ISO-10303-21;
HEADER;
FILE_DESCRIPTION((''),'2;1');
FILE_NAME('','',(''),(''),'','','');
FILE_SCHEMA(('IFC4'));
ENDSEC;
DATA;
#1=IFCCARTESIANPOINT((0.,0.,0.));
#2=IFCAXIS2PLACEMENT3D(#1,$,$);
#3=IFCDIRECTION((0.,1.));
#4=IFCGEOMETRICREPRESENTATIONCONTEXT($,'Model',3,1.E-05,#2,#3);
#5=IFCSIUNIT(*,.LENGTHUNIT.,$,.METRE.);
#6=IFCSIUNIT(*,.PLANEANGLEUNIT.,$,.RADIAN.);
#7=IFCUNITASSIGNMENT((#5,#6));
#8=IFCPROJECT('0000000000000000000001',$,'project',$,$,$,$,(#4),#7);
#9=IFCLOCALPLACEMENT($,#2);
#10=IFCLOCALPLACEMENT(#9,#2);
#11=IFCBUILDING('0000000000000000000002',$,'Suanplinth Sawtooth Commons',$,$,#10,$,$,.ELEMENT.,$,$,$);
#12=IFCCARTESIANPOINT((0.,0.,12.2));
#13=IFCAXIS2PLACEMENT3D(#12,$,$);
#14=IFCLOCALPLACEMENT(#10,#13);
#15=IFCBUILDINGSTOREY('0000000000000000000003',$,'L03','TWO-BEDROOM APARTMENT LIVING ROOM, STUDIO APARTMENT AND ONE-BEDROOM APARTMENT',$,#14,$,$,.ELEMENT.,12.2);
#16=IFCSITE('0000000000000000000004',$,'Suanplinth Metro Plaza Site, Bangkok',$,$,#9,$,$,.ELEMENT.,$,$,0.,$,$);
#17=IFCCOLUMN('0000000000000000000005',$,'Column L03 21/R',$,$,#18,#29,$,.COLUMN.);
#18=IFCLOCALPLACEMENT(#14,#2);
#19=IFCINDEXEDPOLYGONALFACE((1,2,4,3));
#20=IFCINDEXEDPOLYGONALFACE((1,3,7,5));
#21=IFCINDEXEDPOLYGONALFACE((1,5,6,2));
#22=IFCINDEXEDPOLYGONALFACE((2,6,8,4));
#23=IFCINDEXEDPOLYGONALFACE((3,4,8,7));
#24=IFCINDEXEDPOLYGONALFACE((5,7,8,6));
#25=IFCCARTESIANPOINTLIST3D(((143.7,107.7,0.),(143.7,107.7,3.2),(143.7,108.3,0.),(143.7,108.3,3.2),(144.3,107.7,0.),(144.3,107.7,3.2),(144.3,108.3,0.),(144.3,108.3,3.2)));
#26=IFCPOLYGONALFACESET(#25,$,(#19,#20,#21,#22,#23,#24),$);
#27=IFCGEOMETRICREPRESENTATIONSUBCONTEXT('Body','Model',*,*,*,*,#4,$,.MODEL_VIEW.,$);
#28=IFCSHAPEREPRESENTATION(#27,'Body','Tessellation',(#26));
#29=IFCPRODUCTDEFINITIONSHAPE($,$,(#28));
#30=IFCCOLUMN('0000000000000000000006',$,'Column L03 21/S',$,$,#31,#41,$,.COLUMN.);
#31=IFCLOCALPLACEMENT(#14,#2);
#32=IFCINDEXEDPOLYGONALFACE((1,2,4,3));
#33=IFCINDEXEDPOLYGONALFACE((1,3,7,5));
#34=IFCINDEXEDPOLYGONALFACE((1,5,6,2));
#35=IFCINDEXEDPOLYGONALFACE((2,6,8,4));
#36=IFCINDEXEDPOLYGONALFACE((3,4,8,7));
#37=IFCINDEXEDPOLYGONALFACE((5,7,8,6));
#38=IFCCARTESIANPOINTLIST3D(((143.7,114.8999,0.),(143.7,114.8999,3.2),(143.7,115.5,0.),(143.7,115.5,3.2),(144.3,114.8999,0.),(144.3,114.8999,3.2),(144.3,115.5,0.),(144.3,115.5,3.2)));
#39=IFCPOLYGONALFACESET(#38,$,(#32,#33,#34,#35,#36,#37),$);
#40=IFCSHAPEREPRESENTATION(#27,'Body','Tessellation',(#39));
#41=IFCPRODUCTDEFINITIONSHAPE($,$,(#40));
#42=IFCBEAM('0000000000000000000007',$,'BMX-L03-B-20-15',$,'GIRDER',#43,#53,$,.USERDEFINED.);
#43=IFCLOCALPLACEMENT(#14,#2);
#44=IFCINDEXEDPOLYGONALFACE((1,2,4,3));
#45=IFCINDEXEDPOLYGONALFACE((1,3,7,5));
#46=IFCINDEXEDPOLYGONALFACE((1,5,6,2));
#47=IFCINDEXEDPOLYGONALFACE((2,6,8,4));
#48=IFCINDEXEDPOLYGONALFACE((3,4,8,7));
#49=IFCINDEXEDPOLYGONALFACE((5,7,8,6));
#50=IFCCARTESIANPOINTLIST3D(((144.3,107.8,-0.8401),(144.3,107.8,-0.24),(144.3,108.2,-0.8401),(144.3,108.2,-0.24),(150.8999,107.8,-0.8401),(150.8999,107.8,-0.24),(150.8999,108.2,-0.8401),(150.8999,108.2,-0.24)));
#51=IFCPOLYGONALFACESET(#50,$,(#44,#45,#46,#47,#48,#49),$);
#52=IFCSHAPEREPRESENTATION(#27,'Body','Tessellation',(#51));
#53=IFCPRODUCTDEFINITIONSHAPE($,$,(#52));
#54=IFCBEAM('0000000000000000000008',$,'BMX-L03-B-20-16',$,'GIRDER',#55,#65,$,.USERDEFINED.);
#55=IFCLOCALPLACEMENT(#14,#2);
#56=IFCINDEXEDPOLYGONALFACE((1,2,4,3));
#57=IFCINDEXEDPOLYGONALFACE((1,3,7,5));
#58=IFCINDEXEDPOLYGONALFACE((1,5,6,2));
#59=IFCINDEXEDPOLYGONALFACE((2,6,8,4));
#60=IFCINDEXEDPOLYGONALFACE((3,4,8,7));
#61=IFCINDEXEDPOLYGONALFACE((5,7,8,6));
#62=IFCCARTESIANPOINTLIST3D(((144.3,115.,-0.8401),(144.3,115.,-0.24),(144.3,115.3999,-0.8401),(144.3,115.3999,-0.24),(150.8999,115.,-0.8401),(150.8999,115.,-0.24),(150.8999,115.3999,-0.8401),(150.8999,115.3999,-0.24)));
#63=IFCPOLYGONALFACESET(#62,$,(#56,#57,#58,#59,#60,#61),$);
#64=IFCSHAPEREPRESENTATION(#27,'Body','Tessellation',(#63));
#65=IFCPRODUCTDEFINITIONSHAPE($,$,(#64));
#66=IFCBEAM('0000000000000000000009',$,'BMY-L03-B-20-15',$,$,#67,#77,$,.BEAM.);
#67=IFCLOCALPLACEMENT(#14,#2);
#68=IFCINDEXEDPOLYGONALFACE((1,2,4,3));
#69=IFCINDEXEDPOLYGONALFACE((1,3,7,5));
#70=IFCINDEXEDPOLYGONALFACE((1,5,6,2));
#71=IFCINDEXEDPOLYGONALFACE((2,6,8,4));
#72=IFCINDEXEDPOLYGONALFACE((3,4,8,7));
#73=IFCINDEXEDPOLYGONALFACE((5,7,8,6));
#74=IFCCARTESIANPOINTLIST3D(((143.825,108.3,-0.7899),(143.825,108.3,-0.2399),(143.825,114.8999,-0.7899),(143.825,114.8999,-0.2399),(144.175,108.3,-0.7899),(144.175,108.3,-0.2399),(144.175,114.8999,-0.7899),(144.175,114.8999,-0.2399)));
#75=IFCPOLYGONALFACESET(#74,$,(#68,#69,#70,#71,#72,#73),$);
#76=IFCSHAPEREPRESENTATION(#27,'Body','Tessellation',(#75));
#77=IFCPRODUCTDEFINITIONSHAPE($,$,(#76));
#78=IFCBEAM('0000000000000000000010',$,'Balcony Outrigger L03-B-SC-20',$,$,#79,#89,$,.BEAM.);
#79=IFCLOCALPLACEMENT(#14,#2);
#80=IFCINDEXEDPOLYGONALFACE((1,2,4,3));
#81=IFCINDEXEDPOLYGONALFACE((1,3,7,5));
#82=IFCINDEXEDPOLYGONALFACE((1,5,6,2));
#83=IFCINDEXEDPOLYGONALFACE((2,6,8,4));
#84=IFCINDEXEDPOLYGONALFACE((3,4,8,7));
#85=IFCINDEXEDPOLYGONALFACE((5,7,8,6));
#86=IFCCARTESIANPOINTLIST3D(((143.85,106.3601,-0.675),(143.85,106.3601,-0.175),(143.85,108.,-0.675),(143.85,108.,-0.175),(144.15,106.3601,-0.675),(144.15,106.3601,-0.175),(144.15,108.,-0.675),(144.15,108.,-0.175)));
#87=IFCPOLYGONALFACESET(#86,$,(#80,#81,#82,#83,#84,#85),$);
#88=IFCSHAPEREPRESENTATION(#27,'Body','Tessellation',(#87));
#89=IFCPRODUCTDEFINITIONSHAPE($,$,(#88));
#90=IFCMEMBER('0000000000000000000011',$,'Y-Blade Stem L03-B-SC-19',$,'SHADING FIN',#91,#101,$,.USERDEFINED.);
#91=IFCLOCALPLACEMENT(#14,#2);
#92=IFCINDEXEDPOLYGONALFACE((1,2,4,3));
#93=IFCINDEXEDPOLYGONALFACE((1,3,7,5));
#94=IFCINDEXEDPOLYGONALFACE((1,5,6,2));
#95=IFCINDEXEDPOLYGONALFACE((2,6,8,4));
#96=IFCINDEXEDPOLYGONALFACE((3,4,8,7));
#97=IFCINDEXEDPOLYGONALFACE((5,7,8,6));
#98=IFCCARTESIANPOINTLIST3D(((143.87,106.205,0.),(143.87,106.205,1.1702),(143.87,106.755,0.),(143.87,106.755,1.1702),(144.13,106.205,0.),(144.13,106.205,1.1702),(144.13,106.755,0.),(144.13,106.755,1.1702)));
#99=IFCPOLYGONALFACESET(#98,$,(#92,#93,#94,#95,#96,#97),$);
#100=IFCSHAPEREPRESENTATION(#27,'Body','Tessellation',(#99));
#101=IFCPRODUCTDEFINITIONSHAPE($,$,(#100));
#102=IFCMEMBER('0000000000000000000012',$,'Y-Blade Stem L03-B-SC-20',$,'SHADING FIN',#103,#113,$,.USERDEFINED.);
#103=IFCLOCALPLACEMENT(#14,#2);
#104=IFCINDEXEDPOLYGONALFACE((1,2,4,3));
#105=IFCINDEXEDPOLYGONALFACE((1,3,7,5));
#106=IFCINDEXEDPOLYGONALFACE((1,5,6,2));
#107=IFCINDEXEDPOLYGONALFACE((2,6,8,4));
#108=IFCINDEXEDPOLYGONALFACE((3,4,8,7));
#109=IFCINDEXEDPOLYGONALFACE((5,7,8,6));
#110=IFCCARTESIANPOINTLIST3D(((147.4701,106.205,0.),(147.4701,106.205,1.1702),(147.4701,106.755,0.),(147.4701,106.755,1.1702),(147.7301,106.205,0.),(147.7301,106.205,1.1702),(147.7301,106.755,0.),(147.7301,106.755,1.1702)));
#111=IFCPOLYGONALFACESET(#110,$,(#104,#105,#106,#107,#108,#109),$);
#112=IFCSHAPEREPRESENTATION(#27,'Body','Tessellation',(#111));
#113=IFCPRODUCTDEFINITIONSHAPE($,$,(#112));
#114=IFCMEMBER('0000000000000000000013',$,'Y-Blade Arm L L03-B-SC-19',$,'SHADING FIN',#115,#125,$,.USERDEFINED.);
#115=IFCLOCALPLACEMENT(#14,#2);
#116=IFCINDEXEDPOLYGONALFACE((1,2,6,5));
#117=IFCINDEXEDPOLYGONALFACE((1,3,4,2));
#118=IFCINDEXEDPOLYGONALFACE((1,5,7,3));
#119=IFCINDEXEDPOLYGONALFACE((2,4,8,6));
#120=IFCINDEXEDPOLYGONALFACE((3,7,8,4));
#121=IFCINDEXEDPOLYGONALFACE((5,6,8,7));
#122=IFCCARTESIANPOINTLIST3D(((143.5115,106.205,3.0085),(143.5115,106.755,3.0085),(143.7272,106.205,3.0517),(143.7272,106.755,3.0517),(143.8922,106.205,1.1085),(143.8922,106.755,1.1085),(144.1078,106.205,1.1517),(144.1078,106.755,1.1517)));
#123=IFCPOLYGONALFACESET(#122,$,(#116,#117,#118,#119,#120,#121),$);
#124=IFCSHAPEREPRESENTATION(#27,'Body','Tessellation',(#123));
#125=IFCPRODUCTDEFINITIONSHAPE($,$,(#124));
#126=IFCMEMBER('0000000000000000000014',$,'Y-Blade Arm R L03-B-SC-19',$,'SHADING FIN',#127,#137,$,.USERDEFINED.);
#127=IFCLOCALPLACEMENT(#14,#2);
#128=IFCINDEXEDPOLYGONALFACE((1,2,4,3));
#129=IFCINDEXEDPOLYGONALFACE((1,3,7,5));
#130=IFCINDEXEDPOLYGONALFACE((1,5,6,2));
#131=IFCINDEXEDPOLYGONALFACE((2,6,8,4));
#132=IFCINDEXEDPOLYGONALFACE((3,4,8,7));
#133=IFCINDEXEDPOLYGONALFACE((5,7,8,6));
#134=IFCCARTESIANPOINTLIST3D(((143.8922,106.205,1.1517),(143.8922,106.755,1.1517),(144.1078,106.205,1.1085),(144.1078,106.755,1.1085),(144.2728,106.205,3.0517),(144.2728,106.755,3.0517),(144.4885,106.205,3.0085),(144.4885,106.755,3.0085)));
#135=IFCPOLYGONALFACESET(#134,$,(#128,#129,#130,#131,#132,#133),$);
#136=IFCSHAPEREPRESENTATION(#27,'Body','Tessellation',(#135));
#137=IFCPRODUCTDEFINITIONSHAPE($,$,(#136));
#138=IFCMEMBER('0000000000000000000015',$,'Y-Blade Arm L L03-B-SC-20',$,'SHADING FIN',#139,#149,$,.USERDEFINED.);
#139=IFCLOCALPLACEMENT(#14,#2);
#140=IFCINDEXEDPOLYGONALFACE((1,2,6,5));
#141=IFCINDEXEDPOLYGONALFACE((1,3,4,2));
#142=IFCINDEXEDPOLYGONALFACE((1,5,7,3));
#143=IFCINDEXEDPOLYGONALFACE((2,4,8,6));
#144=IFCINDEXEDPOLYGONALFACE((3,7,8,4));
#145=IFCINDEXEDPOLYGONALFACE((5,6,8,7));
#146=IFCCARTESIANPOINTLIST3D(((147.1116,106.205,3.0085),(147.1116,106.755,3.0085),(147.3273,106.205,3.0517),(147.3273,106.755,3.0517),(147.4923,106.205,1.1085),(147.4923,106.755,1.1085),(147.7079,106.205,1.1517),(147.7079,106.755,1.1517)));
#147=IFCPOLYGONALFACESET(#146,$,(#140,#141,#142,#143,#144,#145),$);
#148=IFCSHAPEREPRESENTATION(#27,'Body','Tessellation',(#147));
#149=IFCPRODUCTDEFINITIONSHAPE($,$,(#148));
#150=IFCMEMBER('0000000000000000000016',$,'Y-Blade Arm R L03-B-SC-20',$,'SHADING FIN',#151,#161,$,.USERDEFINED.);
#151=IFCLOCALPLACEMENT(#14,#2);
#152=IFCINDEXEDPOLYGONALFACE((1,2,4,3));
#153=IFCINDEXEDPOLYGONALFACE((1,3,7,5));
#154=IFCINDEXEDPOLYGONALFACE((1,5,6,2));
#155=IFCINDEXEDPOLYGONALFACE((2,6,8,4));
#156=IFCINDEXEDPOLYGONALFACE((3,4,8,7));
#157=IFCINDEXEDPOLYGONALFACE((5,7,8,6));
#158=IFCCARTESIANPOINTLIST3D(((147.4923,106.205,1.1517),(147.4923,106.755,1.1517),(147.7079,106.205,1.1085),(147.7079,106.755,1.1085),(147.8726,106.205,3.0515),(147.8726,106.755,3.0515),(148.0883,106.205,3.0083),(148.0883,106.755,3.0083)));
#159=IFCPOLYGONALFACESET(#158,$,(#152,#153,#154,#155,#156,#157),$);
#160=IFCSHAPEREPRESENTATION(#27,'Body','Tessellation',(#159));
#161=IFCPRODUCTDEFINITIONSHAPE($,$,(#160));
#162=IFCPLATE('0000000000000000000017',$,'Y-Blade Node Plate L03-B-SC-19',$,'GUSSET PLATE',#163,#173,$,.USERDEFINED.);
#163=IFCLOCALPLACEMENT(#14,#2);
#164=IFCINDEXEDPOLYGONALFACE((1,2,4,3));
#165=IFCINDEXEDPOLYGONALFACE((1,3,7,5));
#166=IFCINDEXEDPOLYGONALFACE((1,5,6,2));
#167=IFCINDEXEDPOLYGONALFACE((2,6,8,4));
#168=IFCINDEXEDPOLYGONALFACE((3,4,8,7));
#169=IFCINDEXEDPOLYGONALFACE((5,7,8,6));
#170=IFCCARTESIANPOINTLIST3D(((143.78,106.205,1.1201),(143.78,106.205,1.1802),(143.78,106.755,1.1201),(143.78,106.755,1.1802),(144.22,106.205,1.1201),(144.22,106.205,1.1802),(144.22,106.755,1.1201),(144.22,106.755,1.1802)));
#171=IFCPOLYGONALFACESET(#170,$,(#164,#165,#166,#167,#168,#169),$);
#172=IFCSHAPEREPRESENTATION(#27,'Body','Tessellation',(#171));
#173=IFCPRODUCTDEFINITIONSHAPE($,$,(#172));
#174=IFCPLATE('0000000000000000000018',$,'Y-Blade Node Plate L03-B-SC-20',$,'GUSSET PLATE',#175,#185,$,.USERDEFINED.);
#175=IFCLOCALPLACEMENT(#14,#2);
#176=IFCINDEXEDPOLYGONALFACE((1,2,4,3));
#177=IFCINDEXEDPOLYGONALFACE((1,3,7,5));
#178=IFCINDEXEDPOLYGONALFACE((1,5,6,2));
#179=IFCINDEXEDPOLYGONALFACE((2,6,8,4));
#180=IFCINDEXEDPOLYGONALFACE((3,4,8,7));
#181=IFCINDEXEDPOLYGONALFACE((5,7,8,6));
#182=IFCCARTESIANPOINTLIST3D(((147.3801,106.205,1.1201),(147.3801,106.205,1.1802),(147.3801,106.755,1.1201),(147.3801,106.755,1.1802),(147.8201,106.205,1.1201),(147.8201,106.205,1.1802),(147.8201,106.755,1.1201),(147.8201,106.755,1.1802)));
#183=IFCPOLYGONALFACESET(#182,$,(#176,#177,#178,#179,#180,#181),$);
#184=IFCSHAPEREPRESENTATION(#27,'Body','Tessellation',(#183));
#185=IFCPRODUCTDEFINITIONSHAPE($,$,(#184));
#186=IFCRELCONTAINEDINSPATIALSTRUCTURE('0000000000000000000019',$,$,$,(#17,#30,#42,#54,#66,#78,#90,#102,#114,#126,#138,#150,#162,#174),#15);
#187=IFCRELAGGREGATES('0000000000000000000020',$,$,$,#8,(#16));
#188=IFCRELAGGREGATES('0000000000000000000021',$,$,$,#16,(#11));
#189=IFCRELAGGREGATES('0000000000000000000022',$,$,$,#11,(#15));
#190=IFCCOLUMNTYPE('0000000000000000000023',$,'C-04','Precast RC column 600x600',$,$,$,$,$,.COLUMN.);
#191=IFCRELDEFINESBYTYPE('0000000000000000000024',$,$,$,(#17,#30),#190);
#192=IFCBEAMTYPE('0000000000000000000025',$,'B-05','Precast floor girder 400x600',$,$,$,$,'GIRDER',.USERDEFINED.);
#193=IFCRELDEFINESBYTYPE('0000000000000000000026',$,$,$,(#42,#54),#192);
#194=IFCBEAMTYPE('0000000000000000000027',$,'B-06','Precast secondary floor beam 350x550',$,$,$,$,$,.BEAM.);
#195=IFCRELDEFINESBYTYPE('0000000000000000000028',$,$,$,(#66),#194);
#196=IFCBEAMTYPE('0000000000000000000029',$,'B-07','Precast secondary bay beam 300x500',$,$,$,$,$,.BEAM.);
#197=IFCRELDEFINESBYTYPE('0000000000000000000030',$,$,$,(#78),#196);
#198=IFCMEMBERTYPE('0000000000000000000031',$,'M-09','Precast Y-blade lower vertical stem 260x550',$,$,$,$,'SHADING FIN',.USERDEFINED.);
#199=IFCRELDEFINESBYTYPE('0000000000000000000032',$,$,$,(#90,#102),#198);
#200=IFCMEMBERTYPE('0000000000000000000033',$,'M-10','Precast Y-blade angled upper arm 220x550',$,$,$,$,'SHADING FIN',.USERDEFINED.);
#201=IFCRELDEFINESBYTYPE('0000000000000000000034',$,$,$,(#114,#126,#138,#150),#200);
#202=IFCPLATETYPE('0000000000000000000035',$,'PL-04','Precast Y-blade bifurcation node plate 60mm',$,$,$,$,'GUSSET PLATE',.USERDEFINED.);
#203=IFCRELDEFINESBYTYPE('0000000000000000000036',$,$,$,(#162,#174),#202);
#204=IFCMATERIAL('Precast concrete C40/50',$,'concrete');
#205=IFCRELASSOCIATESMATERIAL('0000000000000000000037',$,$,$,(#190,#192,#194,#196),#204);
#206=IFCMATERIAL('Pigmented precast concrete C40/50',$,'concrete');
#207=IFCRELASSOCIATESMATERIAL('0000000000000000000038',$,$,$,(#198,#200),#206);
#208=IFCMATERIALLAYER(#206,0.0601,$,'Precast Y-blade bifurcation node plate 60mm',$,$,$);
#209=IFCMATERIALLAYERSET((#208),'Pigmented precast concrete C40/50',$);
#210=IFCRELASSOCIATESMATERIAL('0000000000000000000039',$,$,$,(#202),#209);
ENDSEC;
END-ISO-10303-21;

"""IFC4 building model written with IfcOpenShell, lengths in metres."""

from ifc_helpers import new_model, si_unit, direction, frame, origin, origin_2d, place, context, subcontext, project, spatial, rectangle, extrude, material, layer, layer_set, material_profile, profile_set, type_object, element, save


model = new_model("IFC4")

# Units and contexts
model_context = context("Model", 3, precision=1e-05, world=origin(), true_north=direction((0.0, 1.0)))
body_context = subcontext(model_context, "Body", "Model", "MODEL_VIEW")
ifc_project = project(units=[si_unit("LENGTHUNIT", "METRE"), si_unit("PLANEANGLEUNIT", "RADIAN")], contexts=[model_context])

# Site, building, storey
site_placement = place(None, origin())
site = spatial("IfcSite", under=ifc_project, at=site_placement, Name="Suanplinth Metro Plaza Site, Bangkok", CompositionType="ELEMENT", RefElevation=0.0)
building_placement = place(site_placement, origin())
building = spatial("IfcBuilding", under=site, at=building_placement, Name="Suanplinth Sawtooth Commons", CompositionType="ELEMENT")
storey_placement = place(building_placement, frame((0.0, 0.0, 12.2)))
storey = spatial("IfcBuildingStorey", under=building, at=storey_placement, Name="L03", Description="TWO-BEDROOM APARTMENT LIVING ROOM, STUDIO APARTMENT AND ONE-BEDROOM APARTMENT", CompositionType="ELEMENT", Elevation=12.2)

# Columns
ifc_material_1 = material(Name="Precast concrete C40/50", Category="concrete")
ifc_material_profile_1 = material_profile(ifc_material_1, rectangle(XDim=0.6001, YDim=0.6001, at=origin_2d()), Name="PC-COL 600x600")
ifc_profile_set_1 = profile_set([ifc_material_profile_1], Name="Precast concrete C40/50")
column_type = type_object("IfcColumnType", Name="C-04", Description="Precast RC column 600x600", PredefinedType="COLUMN", material=ifc_profile_set_1)
for number, where, z_axis, x_axis, name in (
    (1, (144.0, 108.0, 0.0), (0.0, 0.0, 1.0), (1.0, 0.0, 0.0), "Column L03 21/R"),
    (2, (144.0, 115.2, 0.0), (0.0, 0.0, 1.0), (1.0, 0.0, 0.0), "Column L03 21/S"),
):
    element("IfcColumn", number, at=place(storey_placement, frame(where, z_axis=z_axis, x_axis=x_axis)), inside=storey, type_object=column_type, Name=name, PredefinedType="COLUMN", context=body_context, shape_type="SweptSolid", body=[
        extrude(rectangle(XDim=0.6001, YDim=0.6001, at=origin_2d()), origin(), (0.0, 0.0, 1.0), 3.2),
    ])

# Beams
ifc_material_profile_2 = material_profile(ifc_material_1, rectangle(XDim=0.3999, YDim=0.6001, at=origin_2d()), Name="PC-GDR 400x600")
ifc_profile_set_2 = profile_set([ifc_material_profile_2], Name="Precast concrete C40/50")
beam_type_1 = type_object("IfcBeamType", Name="B-05", Description="Precast floor girder 400x600", ElementType="GIRDER", PredefinedType="USERDEFINED", material=ifc_profile_set_2)
for number, where, z_axis, x_axis, name in (
    (3, (144.3, 108.0, -0.54), (1.0, 0.0, 0.0), (0.0, 1.0, 0.0), "BMX-L03-B-20-15"),
    (4, (144.3, 115.2, -0.54), (1.0, 0.0, 0.0), (0.0, 1.0, 0.0), "BMX-L03-B-20-16"),
):
    element("IfcBeam", number, at=place(storey_placement, frame(where, z_axis=z_axis, x_axis=x_axis)), inside=storey, type_object=beam_type_1, Name=name, ObjectType="GIRDER", PredefinedType="USERDEFINED", context=body_context, shape_type="SweptSolid", body=[
        extrude(rectangle(XDim=0.3999, YDim=0.6001, at=origin_2d()), origin(), (0.0, 0.0, 1.0), 6.5999),
    ])
ifc_material_profile_3 = material_profile(ifc_material_1, rectangle(XDim=0.3501, YDim=0.55, at=origin_2d()), Name="PC-BM 350x550")
ifc_profile_set_3 = profile_set([ifc_material_profile_3], Name="Precast concrete C40/50")
beam_type_2 = type_object("IfcBeamType", Name="B-06", Description="Precast secondary floor beam 350x550", PredefinedType="BEAM", material=ifc_profile_set_3)
beam_1_placement = place(storey_placement, frame((144.0, 108.3, -0.5149), z_axis=(0.0, 1.0, 0.0), x_axis=(-1.0, 0.0, 0.0)))
element("IfcBeam", 5, at=beam_1_placement, inside=storey, type_object=beam_type_2, Name="BMY-L03-B-20-15", PredefinedType="BEAM", context=body_context, shape_type="SweptSolid", body=[
    extrude(rectangle(XDim=0.3501, YDim=0.55, at=origin_2d()), origin(), (0.0, 0.0, 1.0), 6.5999),
])
ifc_material_profile_4 = material_profile(ifc_material_1, rectangle(XDim=0.3, YDim=0.5, at=origin_2d()), Name="PC-BM 300x500")
ifc_profile_set_4 = profile_set([ifc_material_profile_4], Name="Precast concrete C40/50")
beam_type_3 = type_object("IfcBeamType", Name="B-07", Description="Precast secondary bay beam 300x500", PredefinedType="BEAM", material=ifc_profile_set_4)
beam_2_placement = place(storey_placement, frame((144.0, 108.0, -0.425), z_axis=(0.0, -1.0, 0.0), x_axis=(1.0, 0.0, 0.0)))
element("IfcBeam", 6, at=beam_2_placement, inside=storey, type_object=beam_type_3, Name="Balcony Outrigger L03-B-SC-20", PredefinedType="BEAM", context=body_context, shape_type="SweptSolid", body=[
    extrude(rectangle(XDim=0.3, YDim=0.5, at=origin_2d()), origin(), (0.0, 0.0, 1.0), 1.6399),
])

# Members
ifc_material_2 = material(Name="Pigmented precast concrete C40/50", Category="concrete")
ifc_material_profile_5 = material_profile(ifc_material_2, rectangle(XDim=0.26, YDim=0.55, at=origin_2d()), Name="PC-FIN 260x550")
ifc_profile_set_5 = profile_set([ifc_material_profile_5], Name="Pigmented precast concrete C40/50")
member_type_1 = type_object("IfcMemberType", Name="M-09", Description="Precast Y-blade lower vertical stem 260x550", ElementType="SHADING FIN", PredefinedType="USERDEFINED", material=ifc_profile_set_5)
for number, where, z_axis, x_axis, name in (
    (7, (144.0, 106.48, 0.0), (0.0, 0.0, 1.0), (1.0, 0.0, 0.0), "Y-Blade Stem L03-B-SC-19"),
    (8, (147.6001, 106.48, 0.0), (0.0, 0.0, 1.0), (1.0, 0.0, 0.0), "Y-Blade Stem L03-B-SC-20"),
):
    element("IfcMember", number, at=place(storey_placement, frame(where, z_axis=z_axis, x_axis=x_axis)), inside=storey, type_object=member_type_1, Name=name, ObjectType="SHADING FIN", PredefinedType="USERDEFINED", context=body_context, shape_type="SweptSolid", body=[
        extrude(rectangle(XDim=0.26, YDim=0.55, at=origin_2d()), origin(), (0.0, 0.0, 1.0), 1.1702),
    ])
ifc_material_profile_6 = material_profile(ifc_material_2, rectangle(XDim=0.22, YDim=0.55, at=origin_2d()), Name="PC-FIN 220x550")
ifc_profile_set_6 = profile_set([ifc_material_profile_6], Name="Pigmented precast concrete C40/50")
member_type_2 = type_object("IfcMemberType", Name="M-10", Description="Precast Y-blade angled upper arm 220x550", ElementType="SHADING FIN", PredefinedType="USERDEFINED", material=ifc_profile_set_6)
for number, where, z_axis, x_axis, name in (
    (9, (144.0, 106.48, 1.1301), (-0.196431, 0.0, 0.980518), (0.980518, 0.0, 0.196431), "Y-Blade Arm L L03-B-SC-19"),
    (10, (144.0, 106.48, 1.1301), (0.196431, 0.0, 0.980518), (-0.980518, 0.0, 0.196431), "Y-Blade Arm R L03-B-SC-19"),
    (11, (147.6001, 106.48, 1.1301), (-0.196431, 0.0, 0.980518), (0.980518, 0.0, 0.196431), "Y-Blade Arm L L03-B-SC-20"),
):
    element("IfcMember", number, at=place(storey_placement, frame(where, z_axis=z_axis, x_axis=x_axis)), inside=storey, type_object=member_type_2, Name=name, ObjectType="SHADING FIN", PredefinedType="USERDEFINED", context=body_context, shape_type="SweptSolid", body=[
        extrude(rectangle(XDim=0.22, YDim=0.55, at=origin_2d()), origin(), (0.0, 0.0, 1.0), 1.9377),
    ])
member_placement = place(storey_placement, frame((147.6001, 106.48, 1.1301), z_axis=(0.19631, 0.0, 0.980542), x_axis=(-0.980542, 0.0, 0.19631)))
element("IfcMember", 12, at=member_placement, inside=storey, type_object=member_type_2, Name="Y-Blade Arm R L03-B-SC-20", ObjectType="SHADING FIN", PredefinedType="USERDEFINED", context=body_context, shape_type="SweptSolid", body=[
    extrude(rectangle(XDim=0.22, YDim=0.55, at=origin_2d()), origin(), (0.0, 0.0, 1.0), 1.9375),
])

# Plates
ifc_layer_1 = layer(ifc_material_2, 0.0601, Name="Precast Y-blade bifurcation node plate 60mm")
ifc_layer_set_1 = layer_set([ifc_layer_1], Name="Pigmented precast concrete C40/50")
plate_type = type_object("IfcPlateType", Name="PL-04", Description="Precast Y-blade bifurcation node plate 60mm", ElementType="GUSSET PLATE", PredefinedType="USERDEFINED", material=ifc_layer_set_1)
for number, where, z_axis, x_axis, name in (
    (13, (144.0, 106.48, 1.1201), (0.0, 0.0, 1.0), (1.0, 0.0, 0.0), "Y-Blade Node Plate L03-B-SC-19"),
    (14, (147.6001, 106.48, 1.1201), (0.0, 0.0, 1.0), (1.0, 0.0, 0.0), "Y-Blade Node Plate L03-B-SC-20"),
):
    element("IfcPlate", number, at=place(storey_placement, frame(where, z_axis=z_axis, x_axis=x_axis)), inside=storey, type_object=plate_type, Name=name, ObjectType="GUSSET PLATE", PredefinedType="USERDEFINED", context=body_context, shape_type="SweptSolid", body=[
        extrude(rectangle(XDim=0.4399, YDim=0.55, at=origin_2d()), origin(), (0.0, 0.0, 1.0), 0.0601),
    ])

save(model, "model.ifc")
